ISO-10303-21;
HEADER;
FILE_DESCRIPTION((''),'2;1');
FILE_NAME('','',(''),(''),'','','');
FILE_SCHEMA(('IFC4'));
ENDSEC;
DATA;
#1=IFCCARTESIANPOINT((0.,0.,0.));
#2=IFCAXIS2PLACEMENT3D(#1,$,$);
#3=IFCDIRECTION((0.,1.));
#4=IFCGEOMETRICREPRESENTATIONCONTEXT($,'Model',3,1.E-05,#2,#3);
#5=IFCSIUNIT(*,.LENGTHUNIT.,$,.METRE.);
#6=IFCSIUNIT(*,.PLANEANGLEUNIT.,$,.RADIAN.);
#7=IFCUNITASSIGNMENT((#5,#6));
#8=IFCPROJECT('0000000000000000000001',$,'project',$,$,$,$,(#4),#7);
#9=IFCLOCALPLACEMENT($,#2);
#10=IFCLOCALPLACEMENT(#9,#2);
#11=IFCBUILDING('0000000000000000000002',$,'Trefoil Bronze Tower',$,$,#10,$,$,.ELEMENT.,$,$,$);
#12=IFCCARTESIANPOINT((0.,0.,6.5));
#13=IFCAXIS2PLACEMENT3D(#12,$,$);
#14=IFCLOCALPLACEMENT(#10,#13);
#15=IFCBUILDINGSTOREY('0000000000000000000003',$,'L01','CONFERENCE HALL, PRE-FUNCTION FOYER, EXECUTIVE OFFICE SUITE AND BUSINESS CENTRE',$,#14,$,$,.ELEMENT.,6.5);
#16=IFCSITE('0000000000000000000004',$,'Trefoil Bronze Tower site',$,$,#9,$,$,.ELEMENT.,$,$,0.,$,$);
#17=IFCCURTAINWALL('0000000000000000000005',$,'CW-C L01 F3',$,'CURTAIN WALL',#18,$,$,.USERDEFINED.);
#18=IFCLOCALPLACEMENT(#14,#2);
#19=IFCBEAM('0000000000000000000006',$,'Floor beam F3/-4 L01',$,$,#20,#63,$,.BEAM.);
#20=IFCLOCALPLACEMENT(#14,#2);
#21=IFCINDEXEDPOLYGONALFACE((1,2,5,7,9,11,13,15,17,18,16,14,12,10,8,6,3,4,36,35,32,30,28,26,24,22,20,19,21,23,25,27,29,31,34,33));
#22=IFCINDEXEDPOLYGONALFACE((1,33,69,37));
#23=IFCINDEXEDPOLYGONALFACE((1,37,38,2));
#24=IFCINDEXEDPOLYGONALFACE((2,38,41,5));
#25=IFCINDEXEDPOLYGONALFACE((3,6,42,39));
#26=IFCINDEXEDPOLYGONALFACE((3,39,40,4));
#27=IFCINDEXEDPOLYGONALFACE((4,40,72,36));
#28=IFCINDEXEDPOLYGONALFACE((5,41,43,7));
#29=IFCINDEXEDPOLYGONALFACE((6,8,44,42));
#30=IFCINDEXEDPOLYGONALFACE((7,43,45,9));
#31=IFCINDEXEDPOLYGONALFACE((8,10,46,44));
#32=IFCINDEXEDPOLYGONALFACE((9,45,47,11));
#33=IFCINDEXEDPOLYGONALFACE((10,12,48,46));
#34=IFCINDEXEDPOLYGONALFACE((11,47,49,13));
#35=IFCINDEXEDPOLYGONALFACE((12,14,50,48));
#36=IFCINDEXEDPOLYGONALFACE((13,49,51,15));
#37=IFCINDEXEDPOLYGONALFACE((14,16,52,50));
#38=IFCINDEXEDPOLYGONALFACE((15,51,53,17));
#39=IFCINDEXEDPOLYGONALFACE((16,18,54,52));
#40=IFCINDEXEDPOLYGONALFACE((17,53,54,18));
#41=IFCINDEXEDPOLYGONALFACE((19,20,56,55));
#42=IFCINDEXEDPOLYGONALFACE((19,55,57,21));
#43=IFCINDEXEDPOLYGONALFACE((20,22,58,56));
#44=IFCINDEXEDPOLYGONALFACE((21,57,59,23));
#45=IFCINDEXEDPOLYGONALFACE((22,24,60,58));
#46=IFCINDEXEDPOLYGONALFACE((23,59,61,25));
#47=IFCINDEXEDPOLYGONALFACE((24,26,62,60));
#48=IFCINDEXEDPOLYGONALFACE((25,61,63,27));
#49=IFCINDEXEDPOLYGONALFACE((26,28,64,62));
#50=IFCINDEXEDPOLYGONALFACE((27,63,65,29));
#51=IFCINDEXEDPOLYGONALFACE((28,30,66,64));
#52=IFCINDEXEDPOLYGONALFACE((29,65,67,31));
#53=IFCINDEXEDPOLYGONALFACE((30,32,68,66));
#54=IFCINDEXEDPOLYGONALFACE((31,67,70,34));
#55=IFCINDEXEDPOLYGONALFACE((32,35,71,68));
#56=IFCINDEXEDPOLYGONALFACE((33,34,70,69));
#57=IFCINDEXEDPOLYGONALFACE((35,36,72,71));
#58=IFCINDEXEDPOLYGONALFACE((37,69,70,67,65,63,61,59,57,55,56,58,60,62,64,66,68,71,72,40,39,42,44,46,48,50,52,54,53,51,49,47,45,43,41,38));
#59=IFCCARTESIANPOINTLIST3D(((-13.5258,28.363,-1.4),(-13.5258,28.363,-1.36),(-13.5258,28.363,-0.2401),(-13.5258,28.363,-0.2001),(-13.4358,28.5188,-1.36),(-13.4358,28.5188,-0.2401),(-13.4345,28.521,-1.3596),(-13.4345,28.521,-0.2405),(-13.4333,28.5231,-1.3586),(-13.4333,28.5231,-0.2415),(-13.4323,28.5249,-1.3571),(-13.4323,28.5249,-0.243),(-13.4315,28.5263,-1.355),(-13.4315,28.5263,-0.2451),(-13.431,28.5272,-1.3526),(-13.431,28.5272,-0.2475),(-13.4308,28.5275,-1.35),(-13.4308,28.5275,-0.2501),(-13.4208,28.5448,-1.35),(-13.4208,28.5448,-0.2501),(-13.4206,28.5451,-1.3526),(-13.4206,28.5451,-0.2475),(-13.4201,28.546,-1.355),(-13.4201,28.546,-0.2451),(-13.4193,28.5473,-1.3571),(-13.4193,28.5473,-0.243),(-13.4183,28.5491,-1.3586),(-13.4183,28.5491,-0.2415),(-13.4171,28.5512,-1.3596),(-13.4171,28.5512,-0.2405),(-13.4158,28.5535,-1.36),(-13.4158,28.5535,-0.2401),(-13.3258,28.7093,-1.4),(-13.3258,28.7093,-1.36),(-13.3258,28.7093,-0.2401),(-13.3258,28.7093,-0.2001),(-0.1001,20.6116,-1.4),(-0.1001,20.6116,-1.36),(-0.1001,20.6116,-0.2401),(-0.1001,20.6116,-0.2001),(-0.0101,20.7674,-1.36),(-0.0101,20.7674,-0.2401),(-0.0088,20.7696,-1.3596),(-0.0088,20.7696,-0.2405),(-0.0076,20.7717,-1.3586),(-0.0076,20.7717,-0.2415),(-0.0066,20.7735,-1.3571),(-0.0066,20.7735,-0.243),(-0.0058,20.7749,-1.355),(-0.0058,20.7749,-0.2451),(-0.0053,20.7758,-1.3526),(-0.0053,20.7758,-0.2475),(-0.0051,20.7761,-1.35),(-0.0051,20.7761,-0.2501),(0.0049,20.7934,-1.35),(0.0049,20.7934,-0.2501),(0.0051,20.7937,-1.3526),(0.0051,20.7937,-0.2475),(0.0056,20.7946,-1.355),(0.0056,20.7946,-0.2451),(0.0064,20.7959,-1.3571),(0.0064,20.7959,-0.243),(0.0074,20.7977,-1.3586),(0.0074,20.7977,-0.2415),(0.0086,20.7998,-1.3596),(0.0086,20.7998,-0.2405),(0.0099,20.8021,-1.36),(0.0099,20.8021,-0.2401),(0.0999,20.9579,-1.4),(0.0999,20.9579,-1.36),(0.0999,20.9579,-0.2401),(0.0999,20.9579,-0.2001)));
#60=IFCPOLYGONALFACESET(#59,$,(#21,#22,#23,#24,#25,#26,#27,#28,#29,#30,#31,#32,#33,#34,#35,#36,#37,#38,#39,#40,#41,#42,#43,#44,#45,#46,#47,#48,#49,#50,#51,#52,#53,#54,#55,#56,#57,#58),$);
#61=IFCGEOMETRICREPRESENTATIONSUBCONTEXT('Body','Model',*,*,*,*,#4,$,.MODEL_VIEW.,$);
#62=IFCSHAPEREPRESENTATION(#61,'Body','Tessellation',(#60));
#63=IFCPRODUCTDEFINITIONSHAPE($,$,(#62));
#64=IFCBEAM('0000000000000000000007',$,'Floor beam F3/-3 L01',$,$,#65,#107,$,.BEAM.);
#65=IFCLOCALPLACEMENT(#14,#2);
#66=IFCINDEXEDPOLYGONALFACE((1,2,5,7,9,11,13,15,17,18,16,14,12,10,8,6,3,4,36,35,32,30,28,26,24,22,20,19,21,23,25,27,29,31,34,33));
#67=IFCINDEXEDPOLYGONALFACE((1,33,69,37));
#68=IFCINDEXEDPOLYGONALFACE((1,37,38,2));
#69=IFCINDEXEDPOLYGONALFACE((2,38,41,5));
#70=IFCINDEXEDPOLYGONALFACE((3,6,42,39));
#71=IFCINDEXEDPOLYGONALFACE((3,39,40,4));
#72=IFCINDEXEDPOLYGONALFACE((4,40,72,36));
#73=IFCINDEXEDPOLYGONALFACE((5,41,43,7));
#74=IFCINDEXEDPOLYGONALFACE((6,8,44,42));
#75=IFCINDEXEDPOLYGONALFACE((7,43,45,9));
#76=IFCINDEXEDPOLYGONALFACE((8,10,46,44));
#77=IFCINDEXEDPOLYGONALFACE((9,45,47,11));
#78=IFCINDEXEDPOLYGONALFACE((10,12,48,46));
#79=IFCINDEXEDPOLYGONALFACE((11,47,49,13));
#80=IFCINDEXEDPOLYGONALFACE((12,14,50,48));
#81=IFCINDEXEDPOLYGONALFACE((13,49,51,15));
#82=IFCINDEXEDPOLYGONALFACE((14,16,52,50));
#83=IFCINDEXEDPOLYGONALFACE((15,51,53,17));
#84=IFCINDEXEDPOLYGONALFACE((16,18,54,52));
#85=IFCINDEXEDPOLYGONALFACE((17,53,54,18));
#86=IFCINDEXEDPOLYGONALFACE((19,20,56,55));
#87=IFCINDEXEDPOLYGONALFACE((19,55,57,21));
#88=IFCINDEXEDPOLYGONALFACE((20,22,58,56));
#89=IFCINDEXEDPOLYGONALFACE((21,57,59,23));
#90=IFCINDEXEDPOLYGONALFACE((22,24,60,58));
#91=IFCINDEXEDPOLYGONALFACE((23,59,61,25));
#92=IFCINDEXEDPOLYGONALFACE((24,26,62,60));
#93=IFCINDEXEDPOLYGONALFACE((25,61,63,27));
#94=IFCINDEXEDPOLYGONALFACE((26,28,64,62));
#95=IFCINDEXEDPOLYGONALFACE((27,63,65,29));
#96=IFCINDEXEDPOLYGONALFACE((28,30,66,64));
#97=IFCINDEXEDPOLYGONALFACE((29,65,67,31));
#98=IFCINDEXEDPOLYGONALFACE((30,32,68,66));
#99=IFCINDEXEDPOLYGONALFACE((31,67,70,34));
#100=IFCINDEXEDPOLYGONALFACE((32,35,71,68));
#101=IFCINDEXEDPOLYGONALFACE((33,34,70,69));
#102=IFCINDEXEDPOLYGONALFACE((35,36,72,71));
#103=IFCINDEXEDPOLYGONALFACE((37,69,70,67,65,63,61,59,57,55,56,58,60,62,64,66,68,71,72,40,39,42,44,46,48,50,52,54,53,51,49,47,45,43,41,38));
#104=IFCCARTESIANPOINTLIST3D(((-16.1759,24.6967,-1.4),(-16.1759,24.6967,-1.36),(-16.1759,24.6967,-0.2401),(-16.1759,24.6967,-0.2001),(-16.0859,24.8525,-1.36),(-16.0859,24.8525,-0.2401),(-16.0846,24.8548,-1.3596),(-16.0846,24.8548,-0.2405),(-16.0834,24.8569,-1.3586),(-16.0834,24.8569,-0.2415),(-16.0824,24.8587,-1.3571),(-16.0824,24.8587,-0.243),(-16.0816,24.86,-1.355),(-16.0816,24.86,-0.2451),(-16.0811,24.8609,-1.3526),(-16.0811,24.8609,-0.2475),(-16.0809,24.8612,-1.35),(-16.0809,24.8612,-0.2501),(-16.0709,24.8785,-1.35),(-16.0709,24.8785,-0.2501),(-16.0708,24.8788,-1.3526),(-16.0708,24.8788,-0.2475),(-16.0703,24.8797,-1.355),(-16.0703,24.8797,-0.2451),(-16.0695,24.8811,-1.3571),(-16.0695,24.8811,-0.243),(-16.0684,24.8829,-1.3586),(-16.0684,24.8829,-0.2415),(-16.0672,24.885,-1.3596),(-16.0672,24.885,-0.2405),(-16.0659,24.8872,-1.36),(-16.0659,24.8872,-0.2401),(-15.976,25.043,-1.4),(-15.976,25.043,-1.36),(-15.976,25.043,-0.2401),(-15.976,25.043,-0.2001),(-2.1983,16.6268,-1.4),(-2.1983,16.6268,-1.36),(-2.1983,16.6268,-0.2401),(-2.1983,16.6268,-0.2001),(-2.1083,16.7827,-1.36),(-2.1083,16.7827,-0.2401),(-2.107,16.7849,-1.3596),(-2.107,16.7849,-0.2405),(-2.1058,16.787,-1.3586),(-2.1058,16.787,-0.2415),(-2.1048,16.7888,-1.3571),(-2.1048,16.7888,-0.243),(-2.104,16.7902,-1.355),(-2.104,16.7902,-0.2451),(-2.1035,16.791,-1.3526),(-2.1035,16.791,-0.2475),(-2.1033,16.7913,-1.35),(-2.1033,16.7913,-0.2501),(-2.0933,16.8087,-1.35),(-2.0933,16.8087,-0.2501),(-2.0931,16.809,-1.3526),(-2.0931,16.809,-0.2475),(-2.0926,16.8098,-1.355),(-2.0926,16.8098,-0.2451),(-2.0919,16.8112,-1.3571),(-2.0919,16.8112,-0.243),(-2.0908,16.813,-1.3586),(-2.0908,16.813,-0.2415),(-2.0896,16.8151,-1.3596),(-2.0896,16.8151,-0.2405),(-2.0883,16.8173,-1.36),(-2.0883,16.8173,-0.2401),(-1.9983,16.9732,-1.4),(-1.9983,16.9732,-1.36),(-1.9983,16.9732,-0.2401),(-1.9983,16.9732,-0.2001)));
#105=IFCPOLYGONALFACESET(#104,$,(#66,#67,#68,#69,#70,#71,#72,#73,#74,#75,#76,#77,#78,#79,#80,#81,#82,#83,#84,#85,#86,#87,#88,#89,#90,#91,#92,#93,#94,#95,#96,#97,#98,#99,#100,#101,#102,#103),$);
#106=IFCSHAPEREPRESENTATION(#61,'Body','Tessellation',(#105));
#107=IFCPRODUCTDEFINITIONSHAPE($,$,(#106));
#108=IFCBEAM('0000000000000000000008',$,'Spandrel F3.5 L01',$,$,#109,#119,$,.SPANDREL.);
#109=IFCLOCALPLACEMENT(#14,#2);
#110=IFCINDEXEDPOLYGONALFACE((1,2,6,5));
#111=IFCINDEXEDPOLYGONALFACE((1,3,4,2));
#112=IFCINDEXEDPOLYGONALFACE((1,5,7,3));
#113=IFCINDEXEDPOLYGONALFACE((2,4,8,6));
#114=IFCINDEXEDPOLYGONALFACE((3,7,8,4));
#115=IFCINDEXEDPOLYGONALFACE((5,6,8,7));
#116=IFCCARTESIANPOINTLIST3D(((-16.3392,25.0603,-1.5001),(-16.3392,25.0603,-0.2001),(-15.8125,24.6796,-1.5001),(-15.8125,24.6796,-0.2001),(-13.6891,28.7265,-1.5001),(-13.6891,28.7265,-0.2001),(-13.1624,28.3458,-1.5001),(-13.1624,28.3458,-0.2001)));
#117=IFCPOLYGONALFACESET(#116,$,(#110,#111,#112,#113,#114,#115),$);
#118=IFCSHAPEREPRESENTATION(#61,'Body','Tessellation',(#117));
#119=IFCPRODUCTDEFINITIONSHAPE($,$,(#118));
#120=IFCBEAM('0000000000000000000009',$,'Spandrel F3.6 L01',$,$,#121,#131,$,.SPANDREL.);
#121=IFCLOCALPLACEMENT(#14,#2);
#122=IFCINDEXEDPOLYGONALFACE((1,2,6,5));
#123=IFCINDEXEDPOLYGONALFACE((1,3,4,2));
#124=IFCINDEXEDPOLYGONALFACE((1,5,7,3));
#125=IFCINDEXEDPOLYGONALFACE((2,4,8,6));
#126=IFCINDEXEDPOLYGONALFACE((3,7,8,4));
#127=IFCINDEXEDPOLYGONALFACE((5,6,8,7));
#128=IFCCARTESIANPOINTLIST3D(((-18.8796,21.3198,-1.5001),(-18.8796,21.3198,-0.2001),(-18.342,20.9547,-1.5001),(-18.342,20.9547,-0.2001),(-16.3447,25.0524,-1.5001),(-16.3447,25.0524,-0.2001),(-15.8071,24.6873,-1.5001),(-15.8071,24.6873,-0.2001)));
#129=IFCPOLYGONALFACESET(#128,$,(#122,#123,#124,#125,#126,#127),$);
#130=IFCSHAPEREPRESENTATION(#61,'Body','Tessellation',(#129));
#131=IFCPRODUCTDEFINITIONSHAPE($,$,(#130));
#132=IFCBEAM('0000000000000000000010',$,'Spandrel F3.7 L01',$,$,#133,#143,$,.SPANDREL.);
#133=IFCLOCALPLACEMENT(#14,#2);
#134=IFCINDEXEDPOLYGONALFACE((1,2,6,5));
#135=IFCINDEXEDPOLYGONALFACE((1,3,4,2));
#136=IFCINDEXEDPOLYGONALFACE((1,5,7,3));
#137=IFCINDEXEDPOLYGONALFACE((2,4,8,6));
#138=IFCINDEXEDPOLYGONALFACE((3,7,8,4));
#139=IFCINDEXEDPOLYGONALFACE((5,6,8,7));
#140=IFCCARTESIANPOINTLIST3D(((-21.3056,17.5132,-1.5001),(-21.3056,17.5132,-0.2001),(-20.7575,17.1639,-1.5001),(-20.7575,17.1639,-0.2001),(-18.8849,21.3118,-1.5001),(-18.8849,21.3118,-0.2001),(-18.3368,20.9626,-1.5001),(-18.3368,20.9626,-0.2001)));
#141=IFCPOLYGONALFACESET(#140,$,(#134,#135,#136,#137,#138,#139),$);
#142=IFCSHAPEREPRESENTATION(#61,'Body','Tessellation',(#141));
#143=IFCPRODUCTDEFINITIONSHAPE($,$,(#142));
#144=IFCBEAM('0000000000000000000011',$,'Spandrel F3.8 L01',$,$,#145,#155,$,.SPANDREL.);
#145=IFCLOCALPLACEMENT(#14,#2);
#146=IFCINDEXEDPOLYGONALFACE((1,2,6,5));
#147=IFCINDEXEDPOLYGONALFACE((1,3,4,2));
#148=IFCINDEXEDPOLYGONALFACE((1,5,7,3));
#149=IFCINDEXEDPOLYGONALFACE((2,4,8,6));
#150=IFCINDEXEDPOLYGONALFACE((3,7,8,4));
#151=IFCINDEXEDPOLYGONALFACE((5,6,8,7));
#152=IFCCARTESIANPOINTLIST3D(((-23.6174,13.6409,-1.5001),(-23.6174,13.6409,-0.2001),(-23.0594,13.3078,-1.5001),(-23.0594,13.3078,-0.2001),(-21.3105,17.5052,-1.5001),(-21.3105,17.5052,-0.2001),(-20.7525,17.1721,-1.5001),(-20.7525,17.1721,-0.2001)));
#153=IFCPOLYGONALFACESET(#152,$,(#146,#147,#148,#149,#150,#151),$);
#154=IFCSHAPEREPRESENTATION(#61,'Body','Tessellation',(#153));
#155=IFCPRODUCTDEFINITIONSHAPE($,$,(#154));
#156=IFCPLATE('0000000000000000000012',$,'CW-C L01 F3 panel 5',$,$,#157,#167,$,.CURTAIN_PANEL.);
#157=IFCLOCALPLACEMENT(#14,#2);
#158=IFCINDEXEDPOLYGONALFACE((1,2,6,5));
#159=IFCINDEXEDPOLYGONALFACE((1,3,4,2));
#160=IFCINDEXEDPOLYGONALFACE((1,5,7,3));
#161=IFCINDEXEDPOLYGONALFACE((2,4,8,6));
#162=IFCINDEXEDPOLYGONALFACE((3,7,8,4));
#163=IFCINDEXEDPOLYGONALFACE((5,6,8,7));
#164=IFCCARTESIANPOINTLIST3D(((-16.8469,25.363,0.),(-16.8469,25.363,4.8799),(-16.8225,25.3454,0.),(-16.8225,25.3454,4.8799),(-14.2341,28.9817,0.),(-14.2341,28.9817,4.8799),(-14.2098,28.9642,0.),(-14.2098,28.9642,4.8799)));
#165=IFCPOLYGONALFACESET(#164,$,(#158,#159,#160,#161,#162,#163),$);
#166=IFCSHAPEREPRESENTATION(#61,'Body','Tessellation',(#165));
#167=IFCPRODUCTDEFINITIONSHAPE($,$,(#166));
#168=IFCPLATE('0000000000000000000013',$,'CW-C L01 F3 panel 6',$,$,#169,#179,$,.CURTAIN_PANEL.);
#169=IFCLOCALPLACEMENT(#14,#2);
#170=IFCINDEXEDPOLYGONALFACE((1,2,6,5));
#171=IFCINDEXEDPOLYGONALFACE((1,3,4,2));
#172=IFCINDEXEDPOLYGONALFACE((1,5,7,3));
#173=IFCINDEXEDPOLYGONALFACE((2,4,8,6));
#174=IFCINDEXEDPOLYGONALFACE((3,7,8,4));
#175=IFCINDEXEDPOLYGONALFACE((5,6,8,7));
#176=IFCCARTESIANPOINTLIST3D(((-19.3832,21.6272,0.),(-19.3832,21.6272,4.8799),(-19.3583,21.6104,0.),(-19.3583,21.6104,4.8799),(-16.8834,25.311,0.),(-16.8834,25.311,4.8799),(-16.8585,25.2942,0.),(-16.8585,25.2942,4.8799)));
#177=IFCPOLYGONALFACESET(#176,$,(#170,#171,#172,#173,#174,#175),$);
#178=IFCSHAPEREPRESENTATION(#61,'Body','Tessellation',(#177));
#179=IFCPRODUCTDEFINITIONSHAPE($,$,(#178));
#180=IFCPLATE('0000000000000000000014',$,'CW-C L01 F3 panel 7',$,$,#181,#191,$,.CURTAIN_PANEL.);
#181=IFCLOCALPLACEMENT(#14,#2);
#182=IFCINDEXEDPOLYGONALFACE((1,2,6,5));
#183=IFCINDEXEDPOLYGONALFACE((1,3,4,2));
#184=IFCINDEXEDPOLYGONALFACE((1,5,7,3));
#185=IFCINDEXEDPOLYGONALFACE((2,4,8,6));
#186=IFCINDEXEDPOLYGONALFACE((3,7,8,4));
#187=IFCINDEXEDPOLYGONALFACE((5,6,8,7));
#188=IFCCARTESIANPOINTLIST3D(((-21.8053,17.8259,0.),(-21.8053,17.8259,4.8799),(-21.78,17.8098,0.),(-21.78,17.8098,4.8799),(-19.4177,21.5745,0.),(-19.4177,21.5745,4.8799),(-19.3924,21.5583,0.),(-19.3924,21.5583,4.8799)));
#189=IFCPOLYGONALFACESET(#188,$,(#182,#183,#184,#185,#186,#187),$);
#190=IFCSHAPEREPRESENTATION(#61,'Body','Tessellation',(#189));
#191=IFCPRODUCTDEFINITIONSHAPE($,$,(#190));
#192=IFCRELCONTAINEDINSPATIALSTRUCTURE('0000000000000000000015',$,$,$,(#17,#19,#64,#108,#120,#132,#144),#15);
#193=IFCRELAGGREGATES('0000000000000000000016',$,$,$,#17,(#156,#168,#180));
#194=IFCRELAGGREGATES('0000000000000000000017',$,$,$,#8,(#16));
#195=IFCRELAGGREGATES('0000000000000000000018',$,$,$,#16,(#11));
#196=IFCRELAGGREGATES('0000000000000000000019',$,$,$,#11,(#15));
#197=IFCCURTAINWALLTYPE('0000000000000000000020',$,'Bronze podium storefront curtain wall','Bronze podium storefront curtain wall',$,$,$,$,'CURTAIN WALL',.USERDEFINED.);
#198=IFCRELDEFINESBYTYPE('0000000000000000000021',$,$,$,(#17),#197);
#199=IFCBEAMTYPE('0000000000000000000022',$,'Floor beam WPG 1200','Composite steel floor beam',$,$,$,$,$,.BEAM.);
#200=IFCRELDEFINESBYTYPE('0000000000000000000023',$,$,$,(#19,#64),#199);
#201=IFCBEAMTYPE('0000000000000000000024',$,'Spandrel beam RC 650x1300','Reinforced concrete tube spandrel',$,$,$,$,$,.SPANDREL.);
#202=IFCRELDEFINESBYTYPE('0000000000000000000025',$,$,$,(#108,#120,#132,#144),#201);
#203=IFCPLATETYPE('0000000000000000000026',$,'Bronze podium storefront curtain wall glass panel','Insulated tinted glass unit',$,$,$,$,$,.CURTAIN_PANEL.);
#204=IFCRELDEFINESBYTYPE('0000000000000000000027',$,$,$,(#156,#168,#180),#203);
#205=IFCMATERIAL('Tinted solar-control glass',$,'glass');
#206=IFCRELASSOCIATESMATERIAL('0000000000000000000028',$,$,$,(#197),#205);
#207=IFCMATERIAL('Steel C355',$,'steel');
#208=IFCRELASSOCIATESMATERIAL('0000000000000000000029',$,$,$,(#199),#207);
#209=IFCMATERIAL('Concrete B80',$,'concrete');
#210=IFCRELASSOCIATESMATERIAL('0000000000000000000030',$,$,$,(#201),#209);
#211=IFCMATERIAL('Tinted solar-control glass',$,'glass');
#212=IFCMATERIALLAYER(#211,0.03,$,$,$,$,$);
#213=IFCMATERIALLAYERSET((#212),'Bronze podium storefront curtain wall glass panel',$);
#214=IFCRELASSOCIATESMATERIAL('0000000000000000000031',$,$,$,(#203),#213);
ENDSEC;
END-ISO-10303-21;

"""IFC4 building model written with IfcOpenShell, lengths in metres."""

from ifc_helpers import new_model, si_unit, direction, frame, origin, origin_2d, place, context, subcontext, project, spatial, rectangle, i_section, extrude, material, layer, layer_set, material_profile, profile_set, type_object, element, aggregate, save


model = new_model("IFC4")

# Units and contexts
model_context = context("Model", 3, precision=1e-05, world=origin(), true_north=direction((0.0, 1.0)))
body_context = subcontext(model_context, "Body", "Model", "MODEL_VIEW")
ifc_project = project(units=[si_unit("LENGTHUNIT", "METRE"), si_unit("PLANEANGLEUNIT", "RADIAN")], contexts=[model_context])

# Site, building, storey
site_placement = place(None, origin())
site = spatial("IfcSite", under=ifc_project, at=site_placement, Name="Trefoil Bronze Tower site", CompositionType="ELEMENT", RefElevation=0.0)
building_placement = place(site_placement, origin())
building = spatial("IfcBuilding", under=site, at=building_placement, Name="Trefoil Bronze Tower", CompositionType="ELEMENT")
storey_placement = place(building_placement, frame((0.0, 0.0, 6.5)))
storey = spatial("IfcBuildingStorey", under=building, at=storey_placement, Name="L01", Description="CONFERENCE HALL, PRE-FUNCTION FOYER, EXECUTIVE OFFICE SUITE AND BUSINESS CENTRE", CompositionType="ELEMENT", Elevation=6.5)

# Curtain wall
ifc_material_1 = material(Name="Tinted solar-control glass", Category="glass")
curtain_wall_type = type_object("IfcCurtainWallType", Name="Bronze podium storefront curtain wall", Description="Bronze podium storefront curtain wall", ElementType="CURTAIN WALL", PredefinedType="USERDEFINED", material=ifc_material_1)
curtain_wall_placement = place(storey_placement, origin())
curtain_wall = element("IfcCurtainWall", 1, at=curtain_wall_placement, inside=storey, type_object=curtain_wall_type, Name="CW-C L01 F3", ObjectType="CURTAIN WALL", PredefinedType="USERDEFINED")

# Beams
ifc_material_2 = material(Name="Steel C355", Category="steel")
ifc_material_profile_1 = material_profile(ifc_material_2, i_section(OverallWidth=0.3999, OverallDepth=1.2, WebThickness=0.02, FlangeThickness=0.04, FilletRadius=0.01, at=origin_2d()), Name="WPG 1200")
ifc_profile_set_1 = profile_set([ifc_material_profile_1], Name="Steel C355")
beam_type_1 = type_object("IfcBeamType", Name="Floor beam WPG 1200", Description="Composite steel floor beam", PredefinedType="BEAM", material=ifc_profile_set_1)
beam_1_placement = place(storey_placement, frame((-13.4258, 28.5361, -0.8), z_axis=(0.866023, -0.500004, 0.0), x_axis=(0.500004, 0.866023, 0.0)))
element("IfcBeam", 2, at=beam_1_placement, inside=storey, type_object=beam_type_1, Name="Floor beam F3/-4 L01", PredefinedType="BEAM", context=body_context, shape_type="SweptSolid", body=[
    extrude(i_section(OverallWidth=0.3999, OverallDepth=1.2, WebThickness=0.02, FlangeThickness=0.04, FilletRadius=0.01, at=origin_2d()), origin(), (0.0, 0.0, 1.0), 15.5027),
])
beam_2_placement = place(storey_placement, frame((-16.0759, 24.8699, -0.8), z_axis=(0.866028, -0.499995, 0.0), x_axis=(0.499995, 0.866028, 0.0)))
element("IfcBeam", 3, at=beam_2_placement, inside=storey, type_object=beam_type_1, Name="Floor beam F3/-3 L01", PredefinedType="BEAM", context=body_context, shape_type="SweptSolid", body=[
    extrude(i_section(OverallWidth=0.3999, OverallDepth=1.2, WebThickness=0.02, FlangeThickness=0.04, FilletRadius=0.01, at=origin_2d()), origin(), (0.0, 0.0, 1.0), 16.1399),
])
ifc_material_3 = material(Name="Concrete B80", Category="concrete")
ifc_material_profile_2 = material_profile(ifc_material_3, rectangle(XDim=0.6499, YDim=1.3, at=origin_2d()), Name="RC 650x1300")
ifc_profile_set_2 = profile_set([ifc_material_profile_2], Name="Concrete B80")
beam_type_2 = type_object("IfcBeamType", Name="Spandrel beam RC 650x1300", Description="Reinforced concrete tube spandrel", PredefinedType="SPANDREL", material=ifc_profile_set_2)
beam_3_placement = place(storey_placement, frame((-13.4258, 28.5361, -0.8501), z_axis=(-0.585824, -0.810439, 0.0), x_axis=(0.810439, -0.585824, 0.0)))
element("IfcBeam", 4, at=beam_3_placement, inside=storey, type_object=beam_type_2, Name="Spandrel F3.5 L01", PredefinedType="SPANDREL", context=body_context, shape_type="SweptSolid", body=[
    extrude(rectangle(XDim=0.6499, YDim=1.3, at=origin_2d()), origin(), (0.0, 0.0, 1.0), 4.5237),
])
beam_4_placement = place(storey_placement, frame((-16.0759, 24.8699, -0.8501), z_axis=(-0.56181, -0.827267, 0.0), x_axis=(0.827267, -0.56181, 0.0)))
element("IfcBeam", 5, at=beam_4_placement, inside=storey, type_object=beam_type_2, Name="Spandrel F3.6 L01", PredefinedType="SPANDREL", context=body_context, shape_type="SweptSolid", body=[
    extrude(rectangle(XDim=0.6499, YDim=1.3, at=origin_2d()), origin(), (0.0, 0.0, 1.0), 4.512),
])
beam_5_placement = place(storey_placement, frame((-18.6108, 21.1372, -0.8501), z_axis=(-0.537408, -0.843322, 0.0), x_axis=(0.843322, -0.537408, 0.0)))
element("IfcBeam", 6, at=beam_5_placement, inside=storey, type_object=beam_type_2, Name="Spandrel F3.7 L01", PredefinedType="SPANDREL", context=body_context, shape_type="SweptSolid", body=[
    extrude(rectangle(XDim=0.6499, YDim=1.3, at=origin_2d()), origin(), (0.0, 0.0, 1.0), 4.5044),
])
beam_6_placement = place(storey_placement, frame((-21.0315, 17.3386, -0.8501), z_axis=(-0.512588, -0.858635, 0.0), x_axis=(0.858635, -0.512588, 0.0)))
element("IfcBeam", 7, at=beam_6_placement, inside=storey, type_object=beam_type_2, Name="Spandrel F3.8 L01", PredefinedType="SPANDREL", context=body_context, shape_type="SweptSolid", body=[
    extrude(rectangle(XDim=0.6499, YDim=1.3, at=origin_2d()), origin(), (0.0, 0.0, 1.0), 4.5005),
])

# Plates
ifc_material_4 = material(Name="Tinted solar-control glass", Category="glass")
ifc_layer_1 = layer(ifc_material_4, 0.03)
ifc_layer_set_1 = layer_set([ifc_layer_1], Name="Bronze podium storefront curtain wall glass panel")
plate_type = type_object("IfcPlateType", Name="Bronze podium storefront curtain wall glass panel", Description="Insulated tinted glass unit", PredefinedType="CURTAIN_PANEL", material=ifc_layer_set_1)
plate_1_placement = place(storey_placement, frame((-15.5283, 27.1636, 0.0), z_axis=(0.0, 0.0, 1.0), x_axis=(-0.585373, -0.810764, 0.0)))
plate_1 = element("IfcPlate", 8, at=plate_1_placement, type_object=plate_type, Name="CW-C L01 F3 panel 5", PredefinedType="CURTAIN_PANEL", context=body_context, shape_type="SweptSolid", body=[
    extrude(rectangle(XDim=4.4634, YDim=0.03, at=origin_2d()), origin(), (0.0, 0.0, 1.0), 4.8799),
])
plate_2_placement = place(storey_placement, frame((-18.1208, 23.4607, 0.0), z_axis=(0.0, 0.0, 1.0), x_axis=(-0.56151, -0.82747, 0.0)))
plate_2 = element("IfcPlate", 9, at=plate_2_placement, type_object=plate_type, Name="CW-C L01 F3 panel 6", PredefinedType="CURTAIN_PANEL", context=body_context, shape_type="SweptSolid", body=[
    extrude(rectangle(XDim=4.4519, YDim=0.03, at=origin_2d()), origin(), (0.0, 0.0, 1.0), 4.8799),
])
plate_3_placement = place(storey_placement, frame((-20.5989, 19.6921, 0.0), z_axis=(0.0, 0.0, 1.0), x_axis=(-0.537222, -0.843441, 0.0)))
plate_3 = element("IfcPlate", 10, at=plate_3_placement, type_object=plate_type, Name="CW-C L01 F3 panel 7", PredefinedType="CURTAIN_PANEL", context=body_context, shape_type="SweptSolid", body=[
    extrude(rectangle(XDim=4.4443, YDim=0.03, at=origin_2d()), origin(), (0.0, 0.0, 1.0), 4.8799),
])
aggregate(curtain_wall, [plate_1, plate_2, plate_3])

save(model, "model.ifc")
